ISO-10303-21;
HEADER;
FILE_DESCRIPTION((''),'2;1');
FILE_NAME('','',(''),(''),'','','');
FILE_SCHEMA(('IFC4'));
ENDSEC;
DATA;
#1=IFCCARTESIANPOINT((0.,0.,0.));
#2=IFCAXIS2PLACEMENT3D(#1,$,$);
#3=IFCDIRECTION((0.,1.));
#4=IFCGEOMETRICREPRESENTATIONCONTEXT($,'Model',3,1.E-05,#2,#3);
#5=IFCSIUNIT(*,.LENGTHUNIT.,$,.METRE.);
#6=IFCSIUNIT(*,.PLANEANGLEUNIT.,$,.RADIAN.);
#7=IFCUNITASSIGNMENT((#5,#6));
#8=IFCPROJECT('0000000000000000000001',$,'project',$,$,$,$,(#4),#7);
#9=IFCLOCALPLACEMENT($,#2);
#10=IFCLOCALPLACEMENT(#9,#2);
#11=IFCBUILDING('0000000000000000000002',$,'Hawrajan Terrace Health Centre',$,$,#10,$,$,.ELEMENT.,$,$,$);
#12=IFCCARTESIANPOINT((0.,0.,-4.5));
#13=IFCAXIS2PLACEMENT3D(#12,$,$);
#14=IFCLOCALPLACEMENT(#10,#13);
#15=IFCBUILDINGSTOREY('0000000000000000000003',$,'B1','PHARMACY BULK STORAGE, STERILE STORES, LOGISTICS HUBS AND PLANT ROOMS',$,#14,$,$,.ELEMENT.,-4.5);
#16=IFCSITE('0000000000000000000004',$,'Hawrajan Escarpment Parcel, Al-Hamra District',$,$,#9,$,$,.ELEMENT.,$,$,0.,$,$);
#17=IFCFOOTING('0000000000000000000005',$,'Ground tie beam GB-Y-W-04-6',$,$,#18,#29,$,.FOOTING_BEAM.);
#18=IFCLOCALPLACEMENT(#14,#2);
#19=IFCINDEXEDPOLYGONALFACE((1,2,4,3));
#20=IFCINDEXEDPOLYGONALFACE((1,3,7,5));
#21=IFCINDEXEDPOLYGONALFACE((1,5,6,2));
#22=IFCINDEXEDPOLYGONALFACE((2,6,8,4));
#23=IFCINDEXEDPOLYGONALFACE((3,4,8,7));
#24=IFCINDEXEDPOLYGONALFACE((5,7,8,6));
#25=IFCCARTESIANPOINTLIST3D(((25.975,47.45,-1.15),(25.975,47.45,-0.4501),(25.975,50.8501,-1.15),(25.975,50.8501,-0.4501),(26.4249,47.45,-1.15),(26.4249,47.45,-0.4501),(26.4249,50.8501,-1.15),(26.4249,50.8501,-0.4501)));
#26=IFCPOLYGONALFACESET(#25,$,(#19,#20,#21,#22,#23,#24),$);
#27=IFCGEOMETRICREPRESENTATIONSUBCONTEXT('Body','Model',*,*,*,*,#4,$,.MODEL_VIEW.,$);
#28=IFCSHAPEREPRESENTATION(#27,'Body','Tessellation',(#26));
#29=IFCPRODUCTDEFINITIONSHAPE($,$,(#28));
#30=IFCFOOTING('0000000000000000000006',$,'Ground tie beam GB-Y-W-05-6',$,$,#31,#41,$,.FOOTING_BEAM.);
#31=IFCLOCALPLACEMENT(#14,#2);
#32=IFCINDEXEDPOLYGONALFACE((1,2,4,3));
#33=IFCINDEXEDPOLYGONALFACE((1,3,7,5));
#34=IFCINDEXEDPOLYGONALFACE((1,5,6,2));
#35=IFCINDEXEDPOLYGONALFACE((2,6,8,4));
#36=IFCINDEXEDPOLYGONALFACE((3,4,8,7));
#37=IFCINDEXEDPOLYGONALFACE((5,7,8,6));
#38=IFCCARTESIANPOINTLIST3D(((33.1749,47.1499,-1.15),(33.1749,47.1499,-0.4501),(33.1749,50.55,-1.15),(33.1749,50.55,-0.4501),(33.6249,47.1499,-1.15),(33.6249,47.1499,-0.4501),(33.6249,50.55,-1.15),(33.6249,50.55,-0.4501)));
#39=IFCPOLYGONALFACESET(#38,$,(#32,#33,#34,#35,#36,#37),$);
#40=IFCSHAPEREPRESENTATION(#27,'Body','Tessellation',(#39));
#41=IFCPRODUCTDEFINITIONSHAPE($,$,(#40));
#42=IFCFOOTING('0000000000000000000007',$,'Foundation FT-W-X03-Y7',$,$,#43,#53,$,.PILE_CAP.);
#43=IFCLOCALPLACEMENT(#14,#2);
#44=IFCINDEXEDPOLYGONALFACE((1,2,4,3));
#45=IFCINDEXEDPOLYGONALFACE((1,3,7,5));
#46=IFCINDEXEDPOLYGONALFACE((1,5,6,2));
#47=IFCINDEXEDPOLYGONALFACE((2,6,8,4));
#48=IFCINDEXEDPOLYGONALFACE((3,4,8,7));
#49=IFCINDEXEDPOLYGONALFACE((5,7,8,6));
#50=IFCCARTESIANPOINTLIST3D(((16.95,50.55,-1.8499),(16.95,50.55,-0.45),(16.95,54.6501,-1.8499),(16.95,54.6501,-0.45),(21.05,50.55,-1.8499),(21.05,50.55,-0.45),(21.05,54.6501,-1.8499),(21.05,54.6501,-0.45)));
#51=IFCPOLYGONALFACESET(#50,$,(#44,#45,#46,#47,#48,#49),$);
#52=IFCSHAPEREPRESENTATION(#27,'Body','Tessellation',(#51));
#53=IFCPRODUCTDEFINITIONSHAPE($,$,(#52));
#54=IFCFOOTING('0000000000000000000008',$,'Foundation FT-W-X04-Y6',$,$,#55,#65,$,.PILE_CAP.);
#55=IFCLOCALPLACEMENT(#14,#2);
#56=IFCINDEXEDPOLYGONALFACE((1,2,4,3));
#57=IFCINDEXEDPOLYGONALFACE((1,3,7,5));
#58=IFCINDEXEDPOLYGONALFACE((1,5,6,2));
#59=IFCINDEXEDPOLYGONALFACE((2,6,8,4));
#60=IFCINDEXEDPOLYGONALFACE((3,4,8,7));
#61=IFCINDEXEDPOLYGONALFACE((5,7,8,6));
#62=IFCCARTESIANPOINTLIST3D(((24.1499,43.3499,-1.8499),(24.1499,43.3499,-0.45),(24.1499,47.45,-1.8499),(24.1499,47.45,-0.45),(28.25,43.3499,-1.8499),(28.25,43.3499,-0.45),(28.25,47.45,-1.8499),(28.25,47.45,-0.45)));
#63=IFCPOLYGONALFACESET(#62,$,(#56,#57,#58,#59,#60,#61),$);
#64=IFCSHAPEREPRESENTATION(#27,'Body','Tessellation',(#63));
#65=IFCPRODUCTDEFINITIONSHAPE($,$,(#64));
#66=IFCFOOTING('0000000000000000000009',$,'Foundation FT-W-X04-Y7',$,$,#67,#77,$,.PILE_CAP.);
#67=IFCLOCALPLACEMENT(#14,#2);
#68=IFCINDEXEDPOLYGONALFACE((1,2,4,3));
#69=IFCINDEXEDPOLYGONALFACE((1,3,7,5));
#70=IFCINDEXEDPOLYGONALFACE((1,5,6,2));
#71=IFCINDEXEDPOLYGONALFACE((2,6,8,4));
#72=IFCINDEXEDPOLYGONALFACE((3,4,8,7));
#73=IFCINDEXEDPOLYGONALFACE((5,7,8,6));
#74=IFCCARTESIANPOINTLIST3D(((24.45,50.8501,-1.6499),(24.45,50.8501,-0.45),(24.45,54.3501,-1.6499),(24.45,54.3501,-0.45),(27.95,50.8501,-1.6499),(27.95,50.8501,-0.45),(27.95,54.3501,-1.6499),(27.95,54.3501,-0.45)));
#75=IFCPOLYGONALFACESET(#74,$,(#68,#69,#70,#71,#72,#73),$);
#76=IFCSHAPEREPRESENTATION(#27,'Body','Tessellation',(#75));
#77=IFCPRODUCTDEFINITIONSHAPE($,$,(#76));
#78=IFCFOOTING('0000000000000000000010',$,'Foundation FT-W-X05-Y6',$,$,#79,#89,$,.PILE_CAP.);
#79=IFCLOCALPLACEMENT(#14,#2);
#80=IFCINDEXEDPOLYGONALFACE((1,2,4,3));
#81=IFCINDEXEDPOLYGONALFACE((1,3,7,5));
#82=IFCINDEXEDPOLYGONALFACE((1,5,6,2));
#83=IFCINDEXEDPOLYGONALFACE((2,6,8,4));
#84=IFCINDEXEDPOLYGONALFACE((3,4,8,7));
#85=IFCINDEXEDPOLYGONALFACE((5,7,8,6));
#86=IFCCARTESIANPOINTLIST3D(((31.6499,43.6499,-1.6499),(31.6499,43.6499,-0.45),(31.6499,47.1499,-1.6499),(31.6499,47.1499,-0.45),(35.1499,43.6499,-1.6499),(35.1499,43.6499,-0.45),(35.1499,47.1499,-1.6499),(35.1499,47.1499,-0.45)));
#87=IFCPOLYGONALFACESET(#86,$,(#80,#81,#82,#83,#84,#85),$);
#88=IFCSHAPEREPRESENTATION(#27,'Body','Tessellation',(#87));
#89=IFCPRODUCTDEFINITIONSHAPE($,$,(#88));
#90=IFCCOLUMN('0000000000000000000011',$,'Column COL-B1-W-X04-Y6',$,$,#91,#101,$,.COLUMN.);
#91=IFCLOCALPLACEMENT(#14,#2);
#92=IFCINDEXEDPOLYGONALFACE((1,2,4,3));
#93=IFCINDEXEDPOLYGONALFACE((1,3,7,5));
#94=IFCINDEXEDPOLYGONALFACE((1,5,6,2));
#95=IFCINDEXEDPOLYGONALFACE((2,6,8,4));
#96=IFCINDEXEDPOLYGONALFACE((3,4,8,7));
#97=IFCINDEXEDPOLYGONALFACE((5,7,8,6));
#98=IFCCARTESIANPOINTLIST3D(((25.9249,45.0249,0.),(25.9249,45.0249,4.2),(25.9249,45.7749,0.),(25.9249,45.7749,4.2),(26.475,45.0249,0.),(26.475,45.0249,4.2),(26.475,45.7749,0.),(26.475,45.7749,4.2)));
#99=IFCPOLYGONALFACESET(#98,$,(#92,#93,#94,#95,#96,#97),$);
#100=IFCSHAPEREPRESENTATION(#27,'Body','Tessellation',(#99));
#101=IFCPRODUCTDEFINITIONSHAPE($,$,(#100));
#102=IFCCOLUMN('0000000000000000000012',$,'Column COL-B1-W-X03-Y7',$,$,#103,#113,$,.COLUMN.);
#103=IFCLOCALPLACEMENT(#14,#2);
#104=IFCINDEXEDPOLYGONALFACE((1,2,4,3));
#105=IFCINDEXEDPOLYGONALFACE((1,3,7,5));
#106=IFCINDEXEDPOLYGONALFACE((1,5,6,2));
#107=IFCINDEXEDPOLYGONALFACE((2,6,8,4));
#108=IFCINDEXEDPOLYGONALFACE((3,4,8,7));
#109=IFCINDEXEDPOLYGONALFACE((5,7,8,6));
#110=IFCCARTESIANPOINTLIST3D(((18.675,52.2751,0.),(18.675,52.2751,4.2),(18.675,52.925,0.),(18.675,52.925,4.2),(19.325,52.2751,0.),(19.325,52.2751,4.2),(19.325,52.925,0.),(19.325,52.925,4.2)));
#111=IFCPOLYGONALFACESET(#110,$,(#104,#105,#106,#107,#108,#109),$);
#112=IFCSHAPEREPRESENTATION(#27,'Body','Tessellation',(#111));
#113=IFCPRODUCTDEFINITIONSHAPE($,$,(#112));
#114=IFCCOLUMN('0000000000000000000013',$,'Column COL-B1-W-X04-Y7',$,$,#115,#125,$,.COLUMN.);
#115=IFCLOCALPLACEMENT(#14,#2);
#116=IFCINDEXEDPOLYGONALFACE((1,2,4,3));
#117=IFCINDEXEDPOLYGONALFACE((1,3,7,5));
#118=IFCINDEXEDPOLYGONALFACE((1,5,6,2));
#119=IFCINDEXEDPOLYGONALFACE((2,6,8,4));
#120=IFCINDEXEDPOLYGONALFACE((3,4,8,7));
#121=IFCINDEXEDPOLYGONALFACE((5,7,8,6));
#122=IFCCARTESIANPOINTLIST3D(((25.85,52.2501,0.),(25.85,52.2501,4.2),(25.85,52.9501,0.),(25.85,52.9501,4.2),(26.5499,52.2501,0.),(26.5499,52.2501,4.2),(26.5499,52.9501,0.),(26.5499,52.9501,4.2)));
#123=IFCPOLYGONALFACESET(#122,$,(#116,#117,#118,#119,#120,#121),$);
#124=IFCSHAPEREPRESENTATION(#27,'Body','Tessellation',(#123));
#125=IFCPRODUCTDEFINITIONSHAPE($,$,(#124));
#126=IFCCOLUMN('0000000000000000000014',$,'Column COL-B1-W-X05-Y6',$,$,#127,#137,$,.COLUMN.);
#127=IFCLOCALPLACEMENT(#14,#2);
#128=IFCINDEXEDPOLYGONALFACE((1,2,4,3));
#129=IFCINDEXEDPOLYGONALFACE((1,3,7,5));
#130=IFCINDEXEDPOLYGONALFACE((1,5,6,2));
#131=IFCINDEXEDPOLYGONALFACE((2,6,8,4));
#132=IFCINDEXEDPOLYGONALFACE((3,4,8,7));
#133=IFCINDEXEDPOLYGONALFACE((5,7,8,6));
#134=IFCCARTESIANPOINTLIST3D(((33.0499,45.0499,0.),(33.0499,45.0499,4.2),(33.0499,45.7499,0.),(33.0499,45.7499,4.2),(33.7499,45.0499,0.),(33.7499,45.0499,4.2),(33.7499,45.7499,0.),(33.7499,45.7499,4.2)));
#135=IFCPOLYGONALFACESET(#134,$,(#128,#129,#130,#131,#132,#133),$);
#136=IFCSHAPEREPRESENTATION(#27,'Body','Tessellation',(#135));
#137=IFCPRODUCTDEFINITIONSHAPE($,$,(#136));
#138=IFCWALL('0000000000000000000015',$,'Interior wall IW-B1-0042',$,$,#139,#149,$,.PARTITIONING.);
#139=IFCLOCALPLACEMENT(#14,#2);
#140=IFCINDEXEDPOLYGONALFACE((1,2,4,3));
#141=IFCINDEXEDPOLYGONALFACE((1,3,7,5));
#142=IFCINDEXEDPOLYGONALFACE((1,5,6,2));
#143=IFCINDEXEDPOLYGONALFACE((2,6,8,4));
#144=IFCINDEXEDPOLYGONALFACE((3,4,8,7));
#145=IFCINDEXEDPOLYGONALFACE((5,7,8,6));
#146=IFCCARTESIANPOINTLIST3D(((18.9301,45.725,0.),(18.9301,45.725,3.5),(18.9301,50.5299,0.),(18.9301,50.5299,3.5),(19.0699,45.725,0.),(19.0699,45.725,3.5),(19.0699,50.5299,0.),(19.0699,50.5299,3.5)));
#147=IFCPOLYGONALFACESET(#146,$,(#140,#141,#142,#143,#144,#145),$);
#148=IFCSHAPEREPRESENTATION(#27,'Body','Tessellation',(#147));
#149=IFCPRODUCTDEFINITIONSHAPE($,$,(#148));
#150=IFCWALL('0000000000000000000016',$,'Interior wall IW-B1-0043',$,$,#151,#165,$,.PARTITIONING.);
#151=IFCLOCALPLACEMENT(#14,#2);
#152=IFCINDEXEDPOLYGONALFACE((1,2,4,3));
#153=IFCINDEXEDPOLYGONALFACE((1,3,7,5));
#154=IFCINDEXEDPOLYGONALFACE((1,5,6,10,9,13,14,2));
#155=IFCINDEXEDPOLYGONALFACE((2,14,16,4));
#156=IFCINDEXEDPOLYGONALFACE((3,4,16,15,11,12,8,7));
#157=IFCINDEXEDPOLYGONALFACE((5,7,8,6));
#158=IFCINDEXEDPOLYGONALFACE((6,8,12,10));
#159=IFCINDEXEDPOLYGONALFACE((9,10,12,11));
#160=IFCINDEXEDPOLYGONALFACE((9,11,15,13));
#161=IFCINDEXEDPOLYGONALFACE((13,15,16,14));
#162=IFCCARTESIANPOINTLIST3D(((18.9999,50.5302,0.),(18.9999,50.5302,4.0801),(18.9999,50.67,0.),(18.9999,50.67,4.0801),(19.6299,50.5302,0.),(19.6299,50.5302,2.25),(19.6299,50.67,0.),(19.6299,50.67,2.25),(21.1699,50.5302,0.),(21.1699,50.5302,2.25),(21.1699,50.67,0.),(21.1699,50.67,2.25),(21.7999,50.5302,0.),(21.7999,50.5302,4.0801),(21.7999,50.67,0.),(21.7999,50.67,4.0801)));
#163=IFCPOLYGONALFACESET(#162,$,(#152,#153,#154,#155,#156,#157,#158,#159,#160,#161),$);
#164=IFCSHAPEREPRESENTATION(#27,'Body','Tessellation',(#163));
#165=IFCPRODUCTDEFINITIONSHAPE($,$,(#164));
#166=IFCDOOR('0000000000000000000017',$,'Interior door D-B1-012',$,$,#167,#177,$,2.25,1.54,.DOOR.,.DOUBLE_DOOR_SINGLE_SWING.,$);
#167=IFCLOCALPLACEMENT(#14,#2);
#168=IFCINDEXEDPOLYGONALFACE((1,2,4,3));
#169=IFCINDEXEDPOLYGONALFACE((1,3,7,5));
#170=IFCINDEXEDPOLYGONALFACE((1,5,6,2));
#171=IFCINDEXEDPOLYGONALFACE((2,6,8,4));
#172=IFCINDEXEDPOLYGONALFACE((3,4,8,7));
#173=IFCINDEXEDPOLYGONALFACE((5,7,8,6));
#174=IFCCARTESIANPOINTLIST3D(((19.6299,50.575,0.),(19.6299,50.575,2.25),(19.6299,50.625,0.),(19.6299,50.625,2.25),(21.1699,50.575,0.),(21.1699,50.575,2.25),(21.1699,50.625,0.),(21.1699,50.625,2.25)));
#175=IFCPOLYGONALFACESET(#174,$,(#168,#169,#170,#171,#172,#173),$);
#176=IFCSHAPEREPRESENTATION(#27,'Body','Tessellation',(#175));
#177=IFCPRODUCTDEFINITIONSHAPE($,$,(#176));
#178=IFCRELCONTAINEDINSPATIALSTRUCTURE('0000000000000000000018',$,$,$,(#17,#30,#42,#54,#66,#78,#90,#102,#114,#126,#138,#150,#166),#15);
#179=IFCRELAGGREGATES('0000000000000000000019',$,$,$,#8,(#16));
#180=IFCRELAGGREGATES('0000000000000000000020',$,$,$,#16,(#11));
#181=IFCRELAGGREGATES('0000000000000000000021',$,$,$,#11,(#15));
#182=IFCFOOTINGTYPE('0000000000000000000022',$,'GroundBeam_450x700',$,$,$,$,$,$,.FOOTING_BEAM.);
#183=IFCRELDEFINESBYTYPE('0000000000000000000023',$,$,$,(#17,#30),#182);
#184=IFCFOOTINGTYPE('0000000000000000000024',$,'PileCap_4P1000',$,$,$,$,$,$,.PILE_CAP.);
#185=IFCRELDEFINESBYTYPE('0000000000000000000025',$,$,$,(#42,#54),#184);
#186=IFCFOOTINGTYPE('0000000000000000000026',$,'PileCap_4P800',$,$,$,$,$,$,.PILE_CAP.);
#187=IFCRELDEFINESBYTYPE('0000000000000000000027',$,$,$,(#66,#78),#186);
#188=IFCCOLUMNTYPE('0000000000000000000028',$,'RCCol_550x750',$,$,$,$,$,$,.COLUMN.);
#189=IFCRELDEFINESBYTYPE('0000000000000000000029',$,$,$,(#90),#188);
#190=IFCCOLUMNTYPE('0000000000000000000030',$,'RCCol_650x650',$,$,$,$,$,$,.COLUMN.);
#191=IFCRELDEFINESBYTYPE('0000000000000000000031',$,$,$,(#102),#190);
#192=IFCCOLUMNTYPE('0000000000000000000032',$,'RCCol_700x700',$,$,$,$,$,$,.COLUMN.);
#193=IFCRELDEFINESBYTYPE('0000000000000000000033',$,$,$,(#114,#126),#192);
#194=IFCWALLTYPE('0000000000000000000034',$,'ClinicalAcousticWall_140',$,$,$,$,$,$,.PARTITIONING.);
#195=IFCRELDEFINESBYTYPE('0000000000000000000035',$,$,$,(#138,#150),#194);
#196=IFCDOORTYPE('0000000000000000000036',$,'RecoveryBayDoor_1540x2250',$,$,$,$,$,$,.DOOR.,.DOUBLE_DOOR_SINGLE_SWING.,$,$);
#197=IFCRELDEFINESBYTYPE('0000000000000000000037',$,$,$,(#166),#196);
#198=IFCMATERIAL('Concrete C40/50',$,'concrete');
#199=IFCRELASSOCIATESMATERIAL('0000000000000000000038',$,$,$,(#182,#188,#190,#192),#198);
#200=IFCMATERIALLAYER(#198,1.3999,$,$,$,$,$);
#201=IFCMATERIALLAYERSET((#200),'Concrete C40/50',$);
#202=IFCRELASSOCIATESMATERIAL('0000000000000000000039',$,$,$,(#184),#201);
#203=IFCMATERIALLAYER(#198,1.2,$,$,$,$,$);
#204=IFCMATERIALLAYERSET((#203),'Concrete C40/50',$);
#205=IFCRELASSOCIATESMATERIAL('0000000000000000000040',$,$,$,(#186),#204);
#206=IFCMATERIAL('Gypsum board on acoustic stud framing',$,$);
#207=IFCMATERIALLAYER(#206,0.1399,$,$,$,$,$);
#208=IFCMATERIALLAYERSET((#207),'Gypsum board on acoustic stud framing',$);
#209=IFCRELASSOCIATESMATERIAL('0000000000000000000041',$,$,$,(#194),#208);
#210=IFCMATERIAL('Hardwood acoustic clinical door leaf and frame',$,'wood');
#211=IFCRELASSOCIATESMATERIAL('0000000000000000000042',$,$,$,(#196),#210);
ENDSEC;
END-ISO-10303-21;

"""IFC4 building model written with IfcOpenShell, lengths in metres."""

from ifc_helpers import new_model, si_unit, direction, frame, frame_2d, origin, origin_2d, place, context, subcontext, project, spatial, rectangle, extrude, material, layer, layer_set, material_profile, profile_set, type_object, element, fill, save


model = new_model("IFC4")

# Units and contexts
model_context = context("Model", 3, precision=1e-05, world=origin(), true_north=direction((0.0, 1.0)))
body_context = subcontext(model_context, "Body", "Model", "MODEL_VIEW")
ifc_project = project(units=[si_unit("LENGTHUNIT", "METRE"), si_unit("PLANEANGLEUNIT", "RADIAN")], contexts=[model_context])

# Site, building, storey
site_placement = place(None, origin())
site = spatial("IfcSite", under=ifc_project, at=site_placement, Name="Hawrajan Escarpment Parcel, Al-Hamra District", CompositionType="ELEMENT", RefElevation=0.0)
building_placement = place(site_placement, origin())
building = spatial("IfcBuilding", under=site, at=building_placement, Name="Hawrajan Terrace Health Centre", CompositionType="ELEMENT")
storey_placement = place(building_placement, frame((0.0, 0.0, -4.5)))
storey = spatial("IfcBuildingStorey", under=building, at=storey_placement, Name="B1", Description="PHARMACY BULK STORAGE, STERILE STORES, LOGISTICS HUBS AND PLANT ROOMS", CompositionType="ELEMENT", Elevation=-4.5)

# Shared definitions
ifc_material_1 = material(Name="Concrete C40/50", Category="concrete")

# Footings
ifc_material_profile_1 = material_profile(ifc_material_1, rectangle(XDim=0.45, YDim=0.7, at=origin_2d()), Name="RC BM 450x700")
ifc_profile_set_1 = profile_set([ifc_material_profile_1], Name="Concrete C40/50")
footing_type_1 = type_object("IfcFootingType", Name="GroundBeam_450x700", PredefinedType="FOOTING_BEAM", material=ifc_profile_set_1)
for number, where, z_axis, x_axis, name in (
    (1, (26.2, 47.45, -0.8), (0.0, 1.0, 0.0), (-1.0, 0.0, 0.0), "Ground tie beam GB-Y-W-04-6"),
    (2, (33.3999, 47.1499, -0.8), (0.0, 1.0, 0.0), (-1.0, 0.0, 0.0), "Ground tie beam GB-Y-W-05-6"),
):
    element("IfcFooting", number, at=place(storey_placement, frame(where, z_axis=z_axis, x_axis=x_axis)), inside=storey, type_object=footing_type_1, Name=name, PredefinedType="FOOTING_BEAM", context=body_context, shape_type="SweptSolid", body=[
        extrude(rectangle(XDim=0.45, YDim=0.7, at=origin_2d()), origin(), (0.0, 0.0, 1.0), 3.4001),
    ])
ifc_layer_1 = layer(ifc_material_1, 1.3999)
ifc_layer_set_1 = layer_set([ifc_layer_1], Name="Concrete C40/50")
footing_type_2 = type_object("IfcFootingType", Name="PileCap_4P1000", PredefinedType="PILE_CAP", material=ifc_layer_set_1)
for number, where, z_axis, x_axis, name in (
    (3, (19.0, 52.6001, -1.8499), (0.0, 0.0, 1.0), (1.0, 0.0, 0.0), "Foundation FT-W-X03-Y7"),
    (4, (26.2, 45.3999, -1.8499), (0.0, 0.0, 1.0), (1.0, 0.0, 0.0), "Foundation FT-W-X04-Y6"),
):
    element("IfcFooting", number, at=place(storey_placement, frame(where, z_axis=z_axis, x_axis=x_axis)), inside=storey, type_object=footing_type_2, Name=name, PredefinedType="PILE_CAP", context=body_context, shape_type="SweptSolid", body=[
        extrude(rectangle(XDim=4.1001, YDim=4.1001, at=origin_2d()), origin(), (0.0, 0.0, 1.0), 1.3999),
    ])
ifc_layer_2 = layer(ifc_material_1, 1.2)
ifc_layer_set_2 = layer_set([ifc_layer_2], Name="Concrete C40/50")
footing_type_3 = type_object("IfcFootingType", Name="PileCap_4P800", PredefinedType="PILE_CAP", material=ifc_layer_set_2)
for number, where, z_axis, x_axis, name in (
    (5, (26.2, 52.6001, -1.6499), (0.0, 0.0, 1.0), (1.0, 0.0, 0.0), "Foundation FT-W-X04-Y7"),
    (6, (33.3999, 45.3999, -1.6499), (0.0, 0.0, 1.0), (1.0, 0.0, 0.0), "Foundation FT-W-X05-Y6"),
):
    element("IfcFooting", number, at=place(storey_placement, frame(where, z_axis=z_axis, x_axis=x_axis)), inside=storey, type_object=footing_type_3, Name=name, PredefinedType="PILE_CAP", context=body_context, shape_type="SweptSolid", body=[
        extrude(rectangle(XDim=3.5, YDim=3.5, at=origin_2d()), origin(), (0.0, 0.0, 1.0), 1.2),
    ])

# Columns
ifc_material_profile_2 = material_profile(ifc_material_1, rectangle(XDim=0.55, YDim=0.75, at=origin_2d()), Name="RC 550x750")
ifc_profile_set_2 = profile_set([ifc_material_profile_2], Name="Concrete C40/50")
column_type_1 = type_object("IfcColumnType", Name="RCCol_550x750", PredefinedType="COLUMN", material=ifc_profile_set_2)
column_1_placement = place(storey_placement, frame((26.2, 45.3999, 0.0), z_axis=(0.0, 0.0, 1.0), x_axis=(1.0, 0.0, 0.0)))
element("IfcColumn", 7, at=column_1_placement, inside=storey, type_object=column_type_1, Name="Column COL-B1-W-X04-Y6", PredefinedType="COLUMN", context=body_context, shape_type="SweptSolid", body=[
    extrude(rectangle(XDim=0.55, YDim=0.75, at=origin_2d()), origin(), (0.0, 0.0, 1.0), 4.2),
])
ifc_material_profile_3 = material_profile(ifc_material_1, rectangle(XDim=0.6499, YDim=0.6499, at=origin_2d()), Name="RC 650x650")
ifc_profile_set_3 = profile_set([ifc_material_profile_3], Name="Concrete C40/50")
column_type_2 = type_object("IfcColumnType", Name="RCCol_650x650", PredefinedType="COLUMN", material=ifc_profile_set_3)
column_2_placement = place(storey_placement, frame((19.0, 52.6001, 0.0), z_axis=(0.0, 0.0, 1.0), x_axis=(1.0, 0.0, 0.0)))
element("IfcColumn", 8, at=column_2_placement, inside=storey, type_object=column_type_2, Name="Column COL-B1-W-X03-Y7", PredefinedType="COLUMN", context=body_context, shape_type="SweptSolid", body=[
    extrude(rectangle(XDim=0.6499, YDim=0.6499, at=origin_2d()), origin(), (0.0, 0.0, 1.0), 4.2),
])
ifc_material_profile_4 = material_profile(ifc_material_1, rectangle(XDim=0.7, YDim=0.7, at=origin_2d()), Name="RC 700x700")
ifc_profile_set_4 = profile_set([ifc_material_profile_4], Name="Concrete C40/50")
column_type_3 = type_object("IfcColumnType", Name="RCCol_700x700", PredefinedType="COLUMN", material=ifc_profile_set_4)
for number, where, z_axis, x_axis, name in (
    (9, (26.2, 52.6001, 0.0), (0.0, 0.0, 1.0), (1.0, 0.0, 0.0), "Column COL-B1-W-X04-Y7"),
    (10, (33.3999, 45.3999, 0.0), (0.0, 0.0, 1.0), (1.0, 0.0, 0.0), "Column COL-B1-W-X05-Y6"),
):
    element("IfcColumn", number, at=place(storey_placement, frame(where, z_axis=z_axis, x_axis=x_axis)), inside=storey, type_object=column_type_3, Name=name, PredefinedType="COLUMN", context=body_context, shape_type="SweptSolid", body=[
        extrude(rectangle(XDim=0.7, YDim=0.7, at=origin_2d()), origin(), (0.0, 0.0, 1.0), 4.2),
    ])

# Wall
ifc_material_2 = material(Name="Gypsum board on acoustic stud framing")
ifc_layer_3 = layer(ifc_material_2, 0.1399)
ifc_layer_set_3 = layer_set([ifc_layer_3], Name="Gypsum board on acoustic stud framing")
wall_type_1 = type_object("IfcWallType", Name="ClinicalAcousticWall_140", PredefinedType="PARTITIONING", material=ifc_layer_set_3)
wall_1_placement = place(storey_placement, frame((19.0, 45.7251, 0.0), z_axis=(0.0, 0.0, 1.0), x_axis=(0.0, 1.0, 0.0)))
element("IfcWall", 11, at=wall_1_placement, inside=storey, type_object=wall_type_1, Name="Interior wall IW-B1-0042", PredefinedType="PARTITIONING", context=body_context, shape_type="SweptSolid", body=[
    extrude(rectangle(XDim=4.8049, YDim=0.1399, at=frame_2d((2.4023, 0.0))), origin(), (0.0, 0.0, 1.0), 3.5),
])

# Wall, opening, door
wall_2_placement = place(storey_placement, frame((19.0, 50.6001, 0.0), z_axis=(0.0, 0.0, 1.0), x_axis=(1.0, 0.0, 0.0)))
wall_2 = element("IfcWall", 12, at=wall_2_placement, inside=storey, type_object=wall_type_1, Name="Interior wall IW-B1-0043", PredefinedType="PARTITIONING", context=body_context, shape_type="SweptSolid", body=[
    extrude(rectangle(XDim=2.8, YDim=0.1399, at=frame_2d((1.3999, 0.0))), origin(), (0.0, 0.0, 1.0), 4.0801),
])
opening_1_placement = place(wall_2_placement, frame((0.6299, 0.0, 0.0)))
opening_1 = element("IfcOpeningElement", 13, at=opening_1_placement, cuts=wall_2, PredefinedType="OPENING", context=body_context, shape_type="SweptSolid", body=[
    extrude(rectangle(XDim=1.54, YDim=2.25, at=frame_2d((0.77, 1.125))), frame((0.0, 0.0798, 0.0), z_axis=(0.0, -1.0, 0.0), x_axis=(1.0, 0.0, 0.0)), (0.0, 0.0, 1.0), 0.1599),
])
ifc_material_3 = material(Name="Hardwood acoustic clinical door leaf and frame", Category="wood")
door_type_1 = type_object("IfcDoorType", Name="RecoveryBayDoor_1540x2250", OperationType="DOUBLE_DOOR_SINGLE_SWING", PredefinedType="DOOR", material=ifc_material_3)
door_1_placement = place(opening_1_placement, origin())
door_1 = element("IfcDoor", 14, at=door_1_placement, inside=storey, type_object=door_type_1, Name="Interior door D-B1-012", OperationType="DOUBLE_DOOR_SINGLE_SWING", OverallHeight=2.25, OverallWidth=1.54, PredefinedType="DOOR", context=body_context, shape_type="SweptSolid", body=[
    extrude(rectangle(XDim=1.54, YDim=2.25, at=frame_2d((0.77, 1.125))), frame((0.0, 0.0249, 0.0), z_axis=(0.0, -1.0, 0.0), x_axis=(1.0, 0.0, 0.0)), (0.0, 0.0, 1.0), 0.05),
])
fill(opening_1, door_1)

save(model, "model.ifc")
